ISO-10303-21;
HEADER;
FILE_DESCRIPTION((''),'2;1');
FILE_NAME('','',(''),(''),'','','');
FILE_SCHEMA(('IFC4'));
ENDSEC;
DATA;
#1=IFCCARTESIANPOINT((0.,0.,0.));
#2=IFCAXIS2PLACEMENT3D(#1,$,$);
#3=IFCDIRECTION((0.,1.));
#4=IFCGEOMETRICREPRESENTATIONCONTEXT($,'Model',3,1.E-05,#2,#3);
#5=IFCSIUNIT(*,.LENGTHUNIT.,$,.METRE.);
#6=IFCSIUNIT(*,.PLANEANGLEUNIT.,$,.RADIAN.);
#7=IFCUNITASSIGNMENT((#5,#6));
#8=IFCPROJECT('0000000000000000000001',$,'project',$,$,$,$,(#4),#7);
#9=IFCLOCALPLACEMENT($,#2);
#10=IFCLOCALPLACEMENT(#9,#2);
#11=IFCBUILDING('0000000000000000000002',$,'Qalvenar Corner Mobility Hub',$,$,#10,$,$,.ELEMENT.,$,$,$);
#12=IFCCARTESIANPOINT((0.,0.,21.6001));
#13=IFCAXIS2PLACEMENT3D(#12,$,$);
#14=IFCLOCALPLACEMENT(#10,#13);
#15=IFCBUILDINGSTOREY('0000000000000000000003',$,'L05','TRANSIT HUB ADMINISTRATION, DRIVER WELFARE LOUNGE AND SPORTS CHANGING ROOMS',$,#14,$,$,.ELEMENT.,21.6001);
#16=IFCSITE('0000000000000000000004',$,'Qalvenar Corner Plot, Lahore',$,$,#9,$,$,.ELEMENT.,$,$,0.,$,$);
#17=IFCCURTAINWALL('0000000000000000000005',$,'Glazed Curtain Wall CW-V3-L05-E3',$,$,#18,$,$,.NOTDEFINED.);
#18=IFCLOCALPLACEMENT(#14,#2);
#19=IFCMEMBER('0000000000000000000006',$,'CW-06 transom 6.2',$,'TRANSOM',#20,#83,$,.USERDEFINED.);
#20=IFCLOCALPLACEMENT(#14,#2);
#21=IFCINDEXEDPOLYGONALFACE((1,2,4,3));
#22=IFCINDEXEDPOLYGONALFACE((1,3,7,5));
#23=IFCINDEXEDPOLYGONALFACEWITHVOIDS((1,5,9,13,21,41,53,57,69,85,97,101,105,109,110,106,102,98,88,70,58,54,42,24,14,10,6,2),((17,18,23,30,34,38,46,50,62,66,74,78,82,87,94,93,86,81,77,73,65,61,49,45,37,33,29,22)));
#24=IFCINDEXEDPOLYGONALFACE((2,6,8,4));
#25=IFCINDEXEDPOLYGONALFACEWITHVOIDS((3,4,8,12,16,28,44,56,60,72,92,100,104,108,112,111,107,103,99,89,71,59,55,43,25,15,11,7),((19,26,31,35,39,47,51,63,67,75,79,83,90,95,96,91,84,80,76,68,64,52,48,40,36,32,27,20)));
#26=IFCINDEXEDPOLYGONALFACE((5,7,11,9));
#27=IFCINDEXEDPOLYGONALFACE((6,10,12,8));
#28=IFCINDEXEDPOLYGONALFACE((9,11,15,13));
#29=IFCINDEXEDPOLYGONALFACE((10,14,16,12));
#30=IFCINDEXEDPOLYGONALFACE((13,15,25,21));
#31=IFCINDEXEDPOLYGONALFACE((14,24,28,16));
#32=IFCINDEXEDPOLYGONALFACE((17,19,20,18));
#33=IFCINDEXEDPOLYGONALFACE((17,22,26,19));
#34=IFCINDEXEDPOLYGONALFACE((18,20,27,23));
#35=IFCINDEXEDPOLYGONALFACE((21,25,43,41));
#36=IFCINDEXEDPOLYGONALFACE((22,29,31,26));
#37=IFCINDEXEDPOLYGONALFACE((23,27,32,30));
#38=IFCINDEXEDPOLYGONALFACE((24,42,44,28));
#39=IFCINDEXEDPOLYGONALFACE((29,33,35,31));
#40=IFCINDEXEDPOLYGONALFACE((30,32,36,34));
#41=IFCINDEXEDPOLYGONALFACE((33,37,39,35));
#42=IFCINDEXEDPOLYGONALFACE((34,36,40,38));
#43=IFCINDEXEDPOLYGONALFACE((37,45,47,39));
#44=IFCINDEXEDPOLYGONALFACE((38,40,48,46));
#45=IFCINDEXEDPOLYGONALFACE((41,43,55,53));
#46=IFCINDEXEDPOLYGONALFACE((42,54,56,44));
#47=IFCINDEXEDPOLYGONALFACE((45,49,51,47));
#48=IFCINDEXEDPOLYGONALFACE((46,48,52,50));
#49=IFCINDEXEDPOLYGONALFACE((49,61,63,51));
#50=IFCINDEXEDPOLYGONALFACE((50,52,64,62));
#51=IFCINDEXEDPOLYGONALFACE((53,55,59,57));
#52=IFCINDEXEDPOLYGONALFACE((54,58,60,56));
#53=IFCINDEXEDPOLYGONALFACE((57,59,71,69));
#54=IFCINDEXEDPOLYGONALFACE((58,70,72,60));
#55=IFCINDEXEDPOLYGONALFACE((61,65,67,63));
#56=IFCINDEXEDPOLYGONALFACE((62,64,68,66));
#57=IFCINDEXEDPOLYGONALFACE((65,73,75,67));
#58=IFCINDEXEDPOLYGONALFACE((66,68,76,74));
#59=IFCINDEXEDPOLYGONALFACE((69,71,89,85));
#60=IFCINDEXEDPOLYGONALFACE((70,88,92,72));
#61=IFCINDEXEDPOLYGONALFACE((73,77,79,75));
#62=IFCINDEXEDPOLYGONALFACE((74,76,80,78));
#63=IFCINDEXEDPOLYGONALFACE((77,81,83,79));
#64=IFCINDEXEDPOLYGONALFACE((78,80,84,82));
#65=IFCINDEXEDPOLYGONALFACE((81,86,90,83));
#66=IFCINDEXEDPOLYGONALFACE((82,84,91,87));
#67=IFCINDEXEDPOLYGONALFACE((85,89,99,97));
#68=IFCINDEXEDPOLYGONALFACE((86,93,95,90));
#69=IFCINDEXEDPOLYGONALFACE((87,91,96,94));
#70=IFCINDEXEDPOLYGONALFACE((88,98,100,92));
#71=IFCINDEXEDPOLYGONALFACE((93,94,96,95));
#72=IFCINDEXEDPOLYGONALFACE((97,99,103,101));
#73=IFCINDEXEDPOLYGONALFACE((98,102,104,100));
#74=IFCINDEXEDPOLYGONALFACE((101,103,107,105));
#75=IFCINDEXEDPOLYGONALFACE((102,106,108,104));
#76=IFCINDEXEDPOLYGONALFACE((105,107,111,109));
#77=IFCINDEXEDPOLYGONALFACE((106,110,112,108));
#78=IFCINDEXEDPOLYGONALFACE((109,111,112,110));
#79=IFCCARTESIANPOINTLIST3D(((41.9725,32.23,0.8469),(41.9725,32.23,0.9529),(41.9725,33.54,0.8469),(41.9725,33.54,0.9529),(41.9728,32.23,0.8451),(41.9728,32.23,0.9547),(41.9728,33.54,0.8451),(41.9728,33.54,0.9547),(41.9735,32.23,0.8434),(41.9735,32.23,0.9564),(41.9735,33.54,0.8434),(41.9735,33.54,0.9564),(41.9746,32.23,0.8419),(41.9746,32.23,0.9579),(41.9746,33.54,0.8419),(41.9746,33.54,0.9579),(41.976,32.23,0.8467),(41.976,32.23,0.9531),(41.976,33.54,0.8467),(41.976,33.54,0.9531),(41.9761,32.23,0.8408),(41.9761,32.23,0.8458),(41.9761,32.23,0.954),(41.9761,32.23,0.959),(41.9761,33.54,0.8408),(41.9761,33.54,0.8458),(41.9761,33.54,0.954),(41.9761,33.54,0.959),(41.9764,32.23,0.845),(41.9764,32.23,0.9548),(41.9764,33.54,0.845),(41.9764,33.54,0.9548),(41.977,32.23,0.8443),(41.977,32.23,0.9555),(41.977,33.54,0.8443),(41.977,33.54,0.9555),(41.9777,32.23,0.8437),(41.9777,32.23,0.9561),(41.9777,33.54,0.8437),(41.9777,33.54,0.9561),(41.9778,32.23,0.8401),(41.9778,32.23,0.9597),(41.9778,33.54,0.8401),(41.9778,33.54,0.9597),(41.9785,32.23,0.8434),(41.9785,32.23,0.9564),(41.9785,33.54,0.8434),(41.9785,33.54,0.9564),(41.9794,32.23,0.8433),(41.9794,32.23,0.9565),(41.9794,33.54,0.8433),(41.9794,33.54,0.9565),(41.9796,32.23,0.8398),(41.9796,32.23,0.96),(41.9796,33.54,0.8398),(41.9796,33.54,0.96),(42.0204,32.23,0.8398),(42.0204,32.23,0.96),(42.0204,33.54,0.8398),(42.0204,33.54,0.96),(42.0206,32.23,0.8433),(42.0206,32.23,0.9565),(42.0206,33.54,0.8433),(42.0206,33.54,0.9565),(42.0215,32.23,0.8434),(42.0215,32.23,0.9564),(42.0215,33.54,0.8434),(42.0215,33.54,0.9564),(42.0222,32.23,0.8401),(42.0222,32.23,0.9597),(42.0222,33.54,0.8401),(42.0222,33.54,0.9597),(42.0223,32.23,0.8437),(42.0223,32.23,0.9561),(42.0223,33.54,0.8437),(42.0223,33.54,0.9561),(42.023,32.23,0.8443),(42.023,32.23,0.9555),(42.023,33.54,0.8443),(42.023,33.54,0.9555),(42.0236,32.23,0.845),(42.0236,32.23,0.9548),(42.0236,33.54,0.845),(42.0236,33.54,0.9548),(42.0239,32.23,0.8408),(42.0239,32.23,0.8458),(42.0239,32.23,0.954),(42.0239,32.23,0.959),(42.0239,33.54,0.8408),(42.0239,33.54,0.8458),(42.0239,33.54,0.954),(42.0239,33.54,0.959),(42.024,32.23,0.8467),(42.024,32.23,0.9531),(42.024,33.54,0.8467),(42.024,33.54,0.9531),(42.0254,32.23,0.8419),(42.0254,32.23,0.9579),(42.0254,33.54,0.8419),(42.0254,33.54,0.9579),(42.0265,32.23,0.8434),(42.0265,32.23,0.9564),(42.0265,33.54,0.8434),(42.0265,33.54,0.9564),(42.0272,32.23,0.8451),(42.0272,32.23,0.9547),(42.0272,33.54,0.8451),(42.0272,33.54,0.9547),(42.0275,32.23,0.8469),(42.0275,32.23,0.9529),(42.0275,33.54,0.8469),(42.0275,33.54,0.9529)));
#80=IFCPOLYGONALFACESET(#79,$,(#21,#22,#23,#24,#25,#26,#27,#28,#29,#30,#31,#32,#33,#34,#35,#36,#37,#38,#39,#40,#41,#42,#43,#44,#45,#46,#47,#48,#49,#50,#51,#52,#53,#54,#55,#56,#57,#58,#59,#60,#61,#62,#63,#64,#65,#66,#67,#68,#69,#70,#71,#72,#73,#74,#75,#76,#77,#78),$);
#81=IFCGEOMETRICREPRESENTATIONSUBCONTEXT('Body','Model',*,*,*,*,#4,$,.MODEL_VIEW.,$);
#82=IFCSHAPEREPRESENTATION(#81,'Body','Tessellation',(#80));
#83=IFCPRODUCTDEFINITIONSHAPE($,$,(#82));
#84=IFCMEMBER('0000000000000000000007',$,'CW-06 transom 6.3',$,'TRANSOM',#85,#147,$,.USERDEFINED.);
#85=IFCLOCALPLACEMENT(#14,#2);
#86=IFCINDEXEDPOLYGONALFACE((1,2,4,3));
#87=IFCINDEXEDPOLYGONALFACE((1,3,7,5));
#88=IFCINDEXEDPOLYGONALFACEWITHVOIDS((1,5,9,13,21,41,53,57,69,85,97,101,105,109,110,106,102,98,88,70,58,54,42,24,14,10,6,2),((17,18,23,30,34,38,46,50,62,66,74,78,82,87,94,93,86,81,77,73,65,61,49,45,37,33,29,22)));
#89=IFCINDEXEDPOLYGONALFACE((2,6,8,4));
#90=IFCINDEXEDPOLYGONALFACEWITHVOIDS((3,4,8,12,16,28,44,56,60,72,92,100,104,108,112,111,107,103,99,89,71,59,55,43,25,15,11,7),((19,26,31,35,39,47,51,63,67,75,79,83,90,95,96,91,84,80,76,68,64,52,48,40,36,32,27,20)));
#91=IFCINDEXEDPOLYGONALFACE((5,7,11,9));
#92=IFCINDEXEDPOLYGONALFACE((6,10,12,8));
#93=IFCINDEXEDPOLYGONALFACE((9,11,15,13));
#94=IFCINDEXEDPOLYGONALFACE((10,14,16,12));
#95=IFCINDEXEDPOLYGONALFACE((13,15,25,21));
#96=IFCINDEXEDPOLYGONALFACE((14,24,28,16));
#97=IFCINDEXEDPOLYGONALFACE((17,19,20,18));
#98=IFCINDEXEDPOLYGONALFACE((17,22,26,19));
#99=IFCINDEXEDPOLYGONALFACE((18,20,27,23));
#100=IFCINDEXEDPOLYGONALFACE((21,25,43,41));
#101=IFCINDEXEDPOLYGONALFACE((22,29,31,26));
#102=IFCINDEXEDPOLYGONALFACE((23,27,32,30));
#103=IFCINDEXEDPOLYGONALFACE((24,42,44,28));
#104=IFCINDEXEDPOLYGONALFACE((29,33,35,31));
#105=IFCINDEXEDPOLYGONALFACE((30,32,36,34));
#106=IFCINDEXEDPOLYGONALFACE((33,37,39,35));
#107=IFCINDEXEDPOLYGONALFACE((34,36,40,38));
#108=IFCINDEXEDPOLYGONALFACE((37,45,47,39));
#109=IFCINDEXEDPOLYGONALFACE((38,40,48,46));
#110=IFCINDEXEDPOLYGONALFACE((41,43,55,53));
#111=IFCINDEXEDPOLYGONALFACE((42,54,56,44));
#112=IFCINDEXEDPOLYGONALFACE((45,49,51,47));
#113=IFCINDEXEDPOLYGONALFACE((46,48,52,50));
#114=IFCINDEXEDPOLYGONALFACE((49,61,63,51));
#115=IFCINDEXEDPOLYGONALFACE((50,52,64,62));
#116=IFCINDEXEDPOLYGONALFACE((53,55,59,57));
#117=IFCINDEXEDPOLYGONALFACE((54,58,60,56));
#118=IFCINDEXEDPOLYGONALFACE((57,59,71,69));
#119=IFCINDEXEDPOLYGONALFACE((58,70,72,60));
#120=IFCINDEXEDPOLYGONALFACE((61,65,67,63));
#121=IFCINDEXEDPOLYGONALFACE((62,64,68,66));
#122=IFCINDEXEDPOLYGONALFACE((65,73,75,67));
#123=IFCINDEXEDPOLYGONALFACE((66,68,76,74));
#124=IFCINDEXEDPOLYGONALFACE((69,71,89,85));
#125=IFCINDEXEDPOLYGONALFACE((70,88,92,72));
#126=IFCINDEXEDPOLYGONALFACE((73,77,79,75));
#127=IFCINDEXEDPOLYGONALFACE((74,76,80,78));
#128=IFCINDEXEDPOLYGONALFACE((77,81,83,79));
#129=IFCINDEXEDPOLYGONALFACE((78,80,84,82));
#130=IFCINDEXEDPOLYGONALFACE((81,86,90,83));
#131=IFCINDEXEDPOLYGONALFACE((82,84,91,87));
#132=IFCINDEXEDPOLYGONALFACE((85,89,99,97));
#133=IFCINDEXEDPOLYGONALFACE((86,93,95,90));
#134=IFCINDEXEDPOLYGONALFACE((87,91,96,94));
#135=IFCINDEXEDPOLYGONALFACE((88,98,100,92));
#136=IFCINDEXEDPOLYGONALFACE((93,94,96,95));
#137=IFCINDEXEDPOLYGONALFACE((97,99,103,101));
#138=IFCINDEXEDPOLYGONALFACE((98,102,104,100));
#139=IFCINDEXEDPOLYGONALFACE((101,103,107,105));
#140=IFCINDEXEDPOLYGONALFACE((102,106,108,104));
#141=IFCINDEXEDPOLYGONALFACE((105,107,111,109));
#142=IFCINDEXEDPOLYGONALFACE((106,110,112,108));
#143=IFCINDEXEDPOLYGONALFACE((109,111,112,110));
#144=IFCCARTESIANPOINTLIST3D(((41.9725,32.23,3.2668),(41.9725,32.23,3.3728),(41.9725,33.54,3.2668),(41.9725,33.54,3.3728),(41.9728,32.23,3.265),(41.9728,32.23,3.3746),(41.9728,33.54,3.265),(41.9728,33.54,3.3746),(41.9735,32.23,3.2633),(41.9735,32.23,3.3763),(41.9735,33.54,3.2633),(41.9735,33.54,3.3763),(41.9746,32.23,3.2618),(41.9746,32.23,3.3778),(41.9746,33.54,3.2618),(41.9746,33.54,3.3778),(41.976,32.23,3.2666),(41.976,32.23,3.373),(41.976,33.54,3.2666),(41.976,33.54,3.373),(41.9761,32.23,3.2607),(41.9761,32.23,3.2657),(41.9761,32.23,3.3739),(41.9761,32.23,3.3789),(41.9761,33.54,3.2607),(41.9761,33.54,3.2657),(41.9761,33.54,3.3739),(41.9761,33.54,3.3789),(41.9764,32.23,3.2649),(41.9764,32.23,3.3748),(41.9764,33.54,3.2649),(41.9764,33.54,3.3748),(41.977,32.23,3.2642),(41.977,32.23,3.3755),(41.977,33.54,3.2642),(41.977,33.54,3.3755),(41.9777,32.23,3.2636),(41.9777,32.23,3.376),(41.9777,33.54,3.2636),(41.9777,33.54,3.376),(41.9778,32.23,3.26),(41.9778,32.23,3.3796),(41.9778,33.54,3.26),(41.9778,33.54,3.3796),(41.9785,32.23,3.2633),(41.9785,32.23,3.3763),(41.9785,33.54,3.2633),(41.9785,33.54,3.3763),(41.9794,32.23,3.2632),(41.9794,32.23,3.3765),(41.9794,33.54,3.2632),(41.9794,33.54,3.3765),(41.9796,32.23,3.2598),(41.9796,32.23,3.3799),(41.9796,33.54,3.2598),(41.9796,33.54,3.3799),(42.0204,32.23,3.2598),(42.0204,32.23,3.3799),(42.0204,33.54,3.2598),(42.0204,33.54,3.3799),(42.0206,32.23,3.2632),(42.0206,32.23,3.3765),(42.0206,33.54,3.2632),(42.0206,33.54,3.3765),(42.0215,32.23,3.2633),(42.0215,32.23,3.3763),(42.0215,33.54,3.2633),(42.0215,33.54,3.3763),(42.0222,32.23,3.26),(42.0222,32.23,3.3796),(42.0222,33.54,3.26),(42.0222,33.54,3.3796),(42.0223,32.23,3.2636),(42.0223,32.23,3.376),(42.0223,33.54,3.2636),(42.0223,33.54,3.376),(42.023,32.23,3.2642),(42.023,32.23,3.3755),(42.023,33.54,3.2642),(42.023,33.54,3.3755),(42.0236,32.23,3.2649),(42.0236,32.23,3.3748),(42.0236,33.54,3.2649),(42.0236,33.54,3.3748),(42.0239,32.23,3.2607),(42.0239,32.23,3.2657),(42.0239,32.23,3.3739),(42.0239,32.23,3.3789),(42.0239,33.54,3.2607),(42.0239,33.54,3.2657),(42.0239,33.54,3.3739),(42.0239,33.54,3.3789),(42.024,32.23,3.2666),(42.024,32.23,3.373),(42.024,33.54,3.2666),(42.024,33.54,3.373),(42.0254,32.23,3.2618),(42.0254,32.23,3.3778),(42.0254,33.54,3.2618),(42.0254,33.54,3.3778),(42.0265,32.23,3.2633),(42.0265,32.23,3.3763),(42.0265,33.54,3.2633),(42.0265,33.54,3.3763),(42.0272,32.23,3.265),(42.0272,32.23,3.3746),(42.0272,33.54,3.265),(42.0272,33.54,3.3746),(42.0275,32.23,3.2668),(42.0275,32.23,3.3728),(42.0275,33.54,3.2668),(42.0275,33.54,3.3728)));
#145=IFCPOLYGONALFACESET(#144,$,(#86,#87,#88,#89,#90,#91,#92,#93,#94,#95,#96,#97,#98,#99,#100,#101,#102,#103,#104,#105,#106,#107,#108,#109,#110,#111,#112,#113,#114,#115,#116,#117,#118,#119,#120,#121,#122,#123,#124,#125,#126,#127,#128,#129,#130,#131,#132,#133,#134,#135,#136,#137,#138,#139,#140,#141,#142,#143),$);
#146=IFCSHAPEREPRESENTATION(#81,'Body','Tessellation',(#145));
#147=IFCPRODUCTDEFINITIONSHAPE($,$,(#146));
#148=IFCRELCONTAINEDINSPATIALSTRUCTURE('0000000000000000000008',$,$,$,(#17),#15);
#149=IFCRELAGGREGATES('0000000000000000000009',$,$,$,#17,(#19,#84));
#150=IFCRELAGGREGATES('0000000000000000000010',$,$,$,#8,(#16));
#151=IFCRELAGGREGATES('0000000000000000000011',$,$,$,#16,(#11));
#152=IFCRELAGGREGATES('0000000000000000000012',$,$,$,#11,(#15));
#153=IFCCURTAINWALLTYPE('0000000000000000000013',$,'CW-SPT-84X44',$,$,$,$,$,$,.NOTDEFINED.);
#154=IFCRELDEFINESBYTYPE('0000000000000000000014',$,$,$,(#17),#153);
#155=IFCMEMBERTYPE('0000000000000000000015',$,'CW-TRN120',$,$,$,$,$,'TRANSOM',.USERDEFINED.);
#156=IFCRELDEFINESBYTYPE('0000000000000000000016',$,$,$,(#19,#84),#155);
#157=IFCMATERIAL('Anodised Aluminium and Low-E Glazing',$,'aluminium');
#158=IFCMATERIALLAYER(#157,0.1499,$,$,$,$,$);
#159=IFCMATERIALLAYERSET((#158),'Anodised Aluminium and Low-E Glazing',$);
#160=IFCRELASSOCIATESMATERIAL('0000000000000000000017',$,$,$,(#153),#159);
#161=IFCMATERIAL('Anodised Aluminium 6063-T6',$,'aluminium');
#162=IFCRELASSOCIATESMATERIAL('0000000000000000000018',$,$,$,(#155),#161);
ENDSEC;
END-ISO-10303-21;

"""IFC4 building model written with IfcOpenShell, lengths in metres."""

from ifc_helpers import new_model, si_unit, direction, frame, origin, origin_2d, place, context, subcontext, project, spatial, hollow_rectangle, extrude, material, layer, layer_set, material_profile, profile_set, type_object, element, aggregate, save


model = new_model("IFC4")

# Units and contexts
model_context = context("Model", 3, precision=1e-05, world=origin(), true_north=direction((0.0, 1.0)))
body_context = subcontext(model_context, "Body", "Model", "MODEL_VIEW")
ifc_project = project(units=[si_unit("LENGTHUNIT", "METRE"), si_unit("PLANEANGLEUNIT", "RADIAN")], contexts=[model_context])

# Site, building, storey
site_placement = place(None, origin())
site = spatial("IfcSite", under=ifc_project, at=site_placement, Name="Qalvenar Corner Plot, Lahore", CompositionType="ELEMENT", RefElevation=0.0)
building_placement = place(site_placement, origin())
building = spatial("IfcBuilding", under=site, at=building_placement, Name="Qalvenar Corner Mobility Hub", CompositionType="ELEMENT")
storey_placement = place(building_placement, frame((0.0, 0.0, 21.6001)))
storey = spatial("IfcBuildingStorey", under=building, at=storey_placement, Name="L05", Description="TRANSIT HUB ADMINISTRATION, DRIVER WELFARE LOUNGE AND SPORTS CHANGING ROOMS", CompositionType="ELEMENT", Elevation=21.6001)

# Curtain wall
ifc_material_1 = material(Name="Anodised Aluminium and Low-E Glazing", Category="aluminium")
ifc_layer_1 = layer(ifc_material_1, 0.1499)
ifc_layer_set_1 = layer_set([ifc_layer_1], Name="Anodised Aluminium and Low-E Glazing")
curtain_wall_type_1 = type_object("IfcCurtainWallType", Name="CW-SPT-84X44", PredefinedType="NOTDEFINED", material=ifc_layer_set_1)
curtain_wall_1_placement = place(storey_placement, origin())
curtain_wall_1 = element("IfcCurtainWall", 1, at=curtain_wall_1_placement, inside=storey, type_object=curtain_wall_type_1, Name="Glazed Curtain Wall CW-V3-L05-E3", PredefinedType="NOTDEFINED")
ifc_material_2 = material(Name="Anodised Aluminium 6063-T6", Category="aluminium")
ifc_material_profile_1 = material_profile(ifc_material_2, hollow_rectangle(XDim=0.0549, YDim=0.1201, WallThickness=0.0034, InnerFilletRadius=0.0034, OuterFilletRadius=0.0071, at=origin_2d()), Name="RHS120x55x3.5")
ifc_profile_set_1 = profile_set([ifc_material_profile_1], Name="Anodised Aluminium 6063-T6")
member_type_1 = type_object("IfcMemberType", Name="CW-TRN120", ElementType="TRANSOM", PredefinedType="USERDEFINED", material=ifc_profile_set_1)

# Members
member_1_placement = place(storey_placement, frame((42.0, 32.23, 0.8999), z_axis=(0.0, 1.0, 0.0), x_axis=(-1.0, 0.0, 0.0)))
member_1 = element("IfcMember", 2, at=member_1_placement, type_object=member_type_1, Name="CW-06 transom 6.2", ObjectType="TRANSOM", PredefinedType="USERDEFINED", context=body_context, shape_type="SweptSolid", body=[
    extrude(hollow_rectangle(XDim=0.0549, YDim=0.1201, WallThickness=0.0034, InnerFilletRadius=0.0034, OuterFilletRadius=0.0071, at=origin_2d()), origin(), (0.0, 0.0, 1.0), 1.3101),
])
member_2_placement = place(storey_placement, frame((42.0, 32.23, 3.3198), z_axis=(0.0, 1.0, 0.0), x_axis=(-1.0, 0.0, 0.0)))
member_2 = element("IfcMember", 3, at=member_2_placement, type_object=member_type_1, Name="CW-06 transom 6.3", ObjectType="TRANSOM", PredefinedType="USERDEFINED", context=body_context, shape_type="SweptSolid", body=[
    extrude(hollow_rectangle(XDim=0.0549, YDim=0.1201, WallThickness=0.0034, InnerFilletRadius=0.0034, OuterFilletRadius=0.0071, at=origin_2d()), origin(), (0.0, 0.0, 1.0), 1.3101),
])

aggregate(curtain_wall_1, [member_1, member_2])

save(model, "model.ifc")
